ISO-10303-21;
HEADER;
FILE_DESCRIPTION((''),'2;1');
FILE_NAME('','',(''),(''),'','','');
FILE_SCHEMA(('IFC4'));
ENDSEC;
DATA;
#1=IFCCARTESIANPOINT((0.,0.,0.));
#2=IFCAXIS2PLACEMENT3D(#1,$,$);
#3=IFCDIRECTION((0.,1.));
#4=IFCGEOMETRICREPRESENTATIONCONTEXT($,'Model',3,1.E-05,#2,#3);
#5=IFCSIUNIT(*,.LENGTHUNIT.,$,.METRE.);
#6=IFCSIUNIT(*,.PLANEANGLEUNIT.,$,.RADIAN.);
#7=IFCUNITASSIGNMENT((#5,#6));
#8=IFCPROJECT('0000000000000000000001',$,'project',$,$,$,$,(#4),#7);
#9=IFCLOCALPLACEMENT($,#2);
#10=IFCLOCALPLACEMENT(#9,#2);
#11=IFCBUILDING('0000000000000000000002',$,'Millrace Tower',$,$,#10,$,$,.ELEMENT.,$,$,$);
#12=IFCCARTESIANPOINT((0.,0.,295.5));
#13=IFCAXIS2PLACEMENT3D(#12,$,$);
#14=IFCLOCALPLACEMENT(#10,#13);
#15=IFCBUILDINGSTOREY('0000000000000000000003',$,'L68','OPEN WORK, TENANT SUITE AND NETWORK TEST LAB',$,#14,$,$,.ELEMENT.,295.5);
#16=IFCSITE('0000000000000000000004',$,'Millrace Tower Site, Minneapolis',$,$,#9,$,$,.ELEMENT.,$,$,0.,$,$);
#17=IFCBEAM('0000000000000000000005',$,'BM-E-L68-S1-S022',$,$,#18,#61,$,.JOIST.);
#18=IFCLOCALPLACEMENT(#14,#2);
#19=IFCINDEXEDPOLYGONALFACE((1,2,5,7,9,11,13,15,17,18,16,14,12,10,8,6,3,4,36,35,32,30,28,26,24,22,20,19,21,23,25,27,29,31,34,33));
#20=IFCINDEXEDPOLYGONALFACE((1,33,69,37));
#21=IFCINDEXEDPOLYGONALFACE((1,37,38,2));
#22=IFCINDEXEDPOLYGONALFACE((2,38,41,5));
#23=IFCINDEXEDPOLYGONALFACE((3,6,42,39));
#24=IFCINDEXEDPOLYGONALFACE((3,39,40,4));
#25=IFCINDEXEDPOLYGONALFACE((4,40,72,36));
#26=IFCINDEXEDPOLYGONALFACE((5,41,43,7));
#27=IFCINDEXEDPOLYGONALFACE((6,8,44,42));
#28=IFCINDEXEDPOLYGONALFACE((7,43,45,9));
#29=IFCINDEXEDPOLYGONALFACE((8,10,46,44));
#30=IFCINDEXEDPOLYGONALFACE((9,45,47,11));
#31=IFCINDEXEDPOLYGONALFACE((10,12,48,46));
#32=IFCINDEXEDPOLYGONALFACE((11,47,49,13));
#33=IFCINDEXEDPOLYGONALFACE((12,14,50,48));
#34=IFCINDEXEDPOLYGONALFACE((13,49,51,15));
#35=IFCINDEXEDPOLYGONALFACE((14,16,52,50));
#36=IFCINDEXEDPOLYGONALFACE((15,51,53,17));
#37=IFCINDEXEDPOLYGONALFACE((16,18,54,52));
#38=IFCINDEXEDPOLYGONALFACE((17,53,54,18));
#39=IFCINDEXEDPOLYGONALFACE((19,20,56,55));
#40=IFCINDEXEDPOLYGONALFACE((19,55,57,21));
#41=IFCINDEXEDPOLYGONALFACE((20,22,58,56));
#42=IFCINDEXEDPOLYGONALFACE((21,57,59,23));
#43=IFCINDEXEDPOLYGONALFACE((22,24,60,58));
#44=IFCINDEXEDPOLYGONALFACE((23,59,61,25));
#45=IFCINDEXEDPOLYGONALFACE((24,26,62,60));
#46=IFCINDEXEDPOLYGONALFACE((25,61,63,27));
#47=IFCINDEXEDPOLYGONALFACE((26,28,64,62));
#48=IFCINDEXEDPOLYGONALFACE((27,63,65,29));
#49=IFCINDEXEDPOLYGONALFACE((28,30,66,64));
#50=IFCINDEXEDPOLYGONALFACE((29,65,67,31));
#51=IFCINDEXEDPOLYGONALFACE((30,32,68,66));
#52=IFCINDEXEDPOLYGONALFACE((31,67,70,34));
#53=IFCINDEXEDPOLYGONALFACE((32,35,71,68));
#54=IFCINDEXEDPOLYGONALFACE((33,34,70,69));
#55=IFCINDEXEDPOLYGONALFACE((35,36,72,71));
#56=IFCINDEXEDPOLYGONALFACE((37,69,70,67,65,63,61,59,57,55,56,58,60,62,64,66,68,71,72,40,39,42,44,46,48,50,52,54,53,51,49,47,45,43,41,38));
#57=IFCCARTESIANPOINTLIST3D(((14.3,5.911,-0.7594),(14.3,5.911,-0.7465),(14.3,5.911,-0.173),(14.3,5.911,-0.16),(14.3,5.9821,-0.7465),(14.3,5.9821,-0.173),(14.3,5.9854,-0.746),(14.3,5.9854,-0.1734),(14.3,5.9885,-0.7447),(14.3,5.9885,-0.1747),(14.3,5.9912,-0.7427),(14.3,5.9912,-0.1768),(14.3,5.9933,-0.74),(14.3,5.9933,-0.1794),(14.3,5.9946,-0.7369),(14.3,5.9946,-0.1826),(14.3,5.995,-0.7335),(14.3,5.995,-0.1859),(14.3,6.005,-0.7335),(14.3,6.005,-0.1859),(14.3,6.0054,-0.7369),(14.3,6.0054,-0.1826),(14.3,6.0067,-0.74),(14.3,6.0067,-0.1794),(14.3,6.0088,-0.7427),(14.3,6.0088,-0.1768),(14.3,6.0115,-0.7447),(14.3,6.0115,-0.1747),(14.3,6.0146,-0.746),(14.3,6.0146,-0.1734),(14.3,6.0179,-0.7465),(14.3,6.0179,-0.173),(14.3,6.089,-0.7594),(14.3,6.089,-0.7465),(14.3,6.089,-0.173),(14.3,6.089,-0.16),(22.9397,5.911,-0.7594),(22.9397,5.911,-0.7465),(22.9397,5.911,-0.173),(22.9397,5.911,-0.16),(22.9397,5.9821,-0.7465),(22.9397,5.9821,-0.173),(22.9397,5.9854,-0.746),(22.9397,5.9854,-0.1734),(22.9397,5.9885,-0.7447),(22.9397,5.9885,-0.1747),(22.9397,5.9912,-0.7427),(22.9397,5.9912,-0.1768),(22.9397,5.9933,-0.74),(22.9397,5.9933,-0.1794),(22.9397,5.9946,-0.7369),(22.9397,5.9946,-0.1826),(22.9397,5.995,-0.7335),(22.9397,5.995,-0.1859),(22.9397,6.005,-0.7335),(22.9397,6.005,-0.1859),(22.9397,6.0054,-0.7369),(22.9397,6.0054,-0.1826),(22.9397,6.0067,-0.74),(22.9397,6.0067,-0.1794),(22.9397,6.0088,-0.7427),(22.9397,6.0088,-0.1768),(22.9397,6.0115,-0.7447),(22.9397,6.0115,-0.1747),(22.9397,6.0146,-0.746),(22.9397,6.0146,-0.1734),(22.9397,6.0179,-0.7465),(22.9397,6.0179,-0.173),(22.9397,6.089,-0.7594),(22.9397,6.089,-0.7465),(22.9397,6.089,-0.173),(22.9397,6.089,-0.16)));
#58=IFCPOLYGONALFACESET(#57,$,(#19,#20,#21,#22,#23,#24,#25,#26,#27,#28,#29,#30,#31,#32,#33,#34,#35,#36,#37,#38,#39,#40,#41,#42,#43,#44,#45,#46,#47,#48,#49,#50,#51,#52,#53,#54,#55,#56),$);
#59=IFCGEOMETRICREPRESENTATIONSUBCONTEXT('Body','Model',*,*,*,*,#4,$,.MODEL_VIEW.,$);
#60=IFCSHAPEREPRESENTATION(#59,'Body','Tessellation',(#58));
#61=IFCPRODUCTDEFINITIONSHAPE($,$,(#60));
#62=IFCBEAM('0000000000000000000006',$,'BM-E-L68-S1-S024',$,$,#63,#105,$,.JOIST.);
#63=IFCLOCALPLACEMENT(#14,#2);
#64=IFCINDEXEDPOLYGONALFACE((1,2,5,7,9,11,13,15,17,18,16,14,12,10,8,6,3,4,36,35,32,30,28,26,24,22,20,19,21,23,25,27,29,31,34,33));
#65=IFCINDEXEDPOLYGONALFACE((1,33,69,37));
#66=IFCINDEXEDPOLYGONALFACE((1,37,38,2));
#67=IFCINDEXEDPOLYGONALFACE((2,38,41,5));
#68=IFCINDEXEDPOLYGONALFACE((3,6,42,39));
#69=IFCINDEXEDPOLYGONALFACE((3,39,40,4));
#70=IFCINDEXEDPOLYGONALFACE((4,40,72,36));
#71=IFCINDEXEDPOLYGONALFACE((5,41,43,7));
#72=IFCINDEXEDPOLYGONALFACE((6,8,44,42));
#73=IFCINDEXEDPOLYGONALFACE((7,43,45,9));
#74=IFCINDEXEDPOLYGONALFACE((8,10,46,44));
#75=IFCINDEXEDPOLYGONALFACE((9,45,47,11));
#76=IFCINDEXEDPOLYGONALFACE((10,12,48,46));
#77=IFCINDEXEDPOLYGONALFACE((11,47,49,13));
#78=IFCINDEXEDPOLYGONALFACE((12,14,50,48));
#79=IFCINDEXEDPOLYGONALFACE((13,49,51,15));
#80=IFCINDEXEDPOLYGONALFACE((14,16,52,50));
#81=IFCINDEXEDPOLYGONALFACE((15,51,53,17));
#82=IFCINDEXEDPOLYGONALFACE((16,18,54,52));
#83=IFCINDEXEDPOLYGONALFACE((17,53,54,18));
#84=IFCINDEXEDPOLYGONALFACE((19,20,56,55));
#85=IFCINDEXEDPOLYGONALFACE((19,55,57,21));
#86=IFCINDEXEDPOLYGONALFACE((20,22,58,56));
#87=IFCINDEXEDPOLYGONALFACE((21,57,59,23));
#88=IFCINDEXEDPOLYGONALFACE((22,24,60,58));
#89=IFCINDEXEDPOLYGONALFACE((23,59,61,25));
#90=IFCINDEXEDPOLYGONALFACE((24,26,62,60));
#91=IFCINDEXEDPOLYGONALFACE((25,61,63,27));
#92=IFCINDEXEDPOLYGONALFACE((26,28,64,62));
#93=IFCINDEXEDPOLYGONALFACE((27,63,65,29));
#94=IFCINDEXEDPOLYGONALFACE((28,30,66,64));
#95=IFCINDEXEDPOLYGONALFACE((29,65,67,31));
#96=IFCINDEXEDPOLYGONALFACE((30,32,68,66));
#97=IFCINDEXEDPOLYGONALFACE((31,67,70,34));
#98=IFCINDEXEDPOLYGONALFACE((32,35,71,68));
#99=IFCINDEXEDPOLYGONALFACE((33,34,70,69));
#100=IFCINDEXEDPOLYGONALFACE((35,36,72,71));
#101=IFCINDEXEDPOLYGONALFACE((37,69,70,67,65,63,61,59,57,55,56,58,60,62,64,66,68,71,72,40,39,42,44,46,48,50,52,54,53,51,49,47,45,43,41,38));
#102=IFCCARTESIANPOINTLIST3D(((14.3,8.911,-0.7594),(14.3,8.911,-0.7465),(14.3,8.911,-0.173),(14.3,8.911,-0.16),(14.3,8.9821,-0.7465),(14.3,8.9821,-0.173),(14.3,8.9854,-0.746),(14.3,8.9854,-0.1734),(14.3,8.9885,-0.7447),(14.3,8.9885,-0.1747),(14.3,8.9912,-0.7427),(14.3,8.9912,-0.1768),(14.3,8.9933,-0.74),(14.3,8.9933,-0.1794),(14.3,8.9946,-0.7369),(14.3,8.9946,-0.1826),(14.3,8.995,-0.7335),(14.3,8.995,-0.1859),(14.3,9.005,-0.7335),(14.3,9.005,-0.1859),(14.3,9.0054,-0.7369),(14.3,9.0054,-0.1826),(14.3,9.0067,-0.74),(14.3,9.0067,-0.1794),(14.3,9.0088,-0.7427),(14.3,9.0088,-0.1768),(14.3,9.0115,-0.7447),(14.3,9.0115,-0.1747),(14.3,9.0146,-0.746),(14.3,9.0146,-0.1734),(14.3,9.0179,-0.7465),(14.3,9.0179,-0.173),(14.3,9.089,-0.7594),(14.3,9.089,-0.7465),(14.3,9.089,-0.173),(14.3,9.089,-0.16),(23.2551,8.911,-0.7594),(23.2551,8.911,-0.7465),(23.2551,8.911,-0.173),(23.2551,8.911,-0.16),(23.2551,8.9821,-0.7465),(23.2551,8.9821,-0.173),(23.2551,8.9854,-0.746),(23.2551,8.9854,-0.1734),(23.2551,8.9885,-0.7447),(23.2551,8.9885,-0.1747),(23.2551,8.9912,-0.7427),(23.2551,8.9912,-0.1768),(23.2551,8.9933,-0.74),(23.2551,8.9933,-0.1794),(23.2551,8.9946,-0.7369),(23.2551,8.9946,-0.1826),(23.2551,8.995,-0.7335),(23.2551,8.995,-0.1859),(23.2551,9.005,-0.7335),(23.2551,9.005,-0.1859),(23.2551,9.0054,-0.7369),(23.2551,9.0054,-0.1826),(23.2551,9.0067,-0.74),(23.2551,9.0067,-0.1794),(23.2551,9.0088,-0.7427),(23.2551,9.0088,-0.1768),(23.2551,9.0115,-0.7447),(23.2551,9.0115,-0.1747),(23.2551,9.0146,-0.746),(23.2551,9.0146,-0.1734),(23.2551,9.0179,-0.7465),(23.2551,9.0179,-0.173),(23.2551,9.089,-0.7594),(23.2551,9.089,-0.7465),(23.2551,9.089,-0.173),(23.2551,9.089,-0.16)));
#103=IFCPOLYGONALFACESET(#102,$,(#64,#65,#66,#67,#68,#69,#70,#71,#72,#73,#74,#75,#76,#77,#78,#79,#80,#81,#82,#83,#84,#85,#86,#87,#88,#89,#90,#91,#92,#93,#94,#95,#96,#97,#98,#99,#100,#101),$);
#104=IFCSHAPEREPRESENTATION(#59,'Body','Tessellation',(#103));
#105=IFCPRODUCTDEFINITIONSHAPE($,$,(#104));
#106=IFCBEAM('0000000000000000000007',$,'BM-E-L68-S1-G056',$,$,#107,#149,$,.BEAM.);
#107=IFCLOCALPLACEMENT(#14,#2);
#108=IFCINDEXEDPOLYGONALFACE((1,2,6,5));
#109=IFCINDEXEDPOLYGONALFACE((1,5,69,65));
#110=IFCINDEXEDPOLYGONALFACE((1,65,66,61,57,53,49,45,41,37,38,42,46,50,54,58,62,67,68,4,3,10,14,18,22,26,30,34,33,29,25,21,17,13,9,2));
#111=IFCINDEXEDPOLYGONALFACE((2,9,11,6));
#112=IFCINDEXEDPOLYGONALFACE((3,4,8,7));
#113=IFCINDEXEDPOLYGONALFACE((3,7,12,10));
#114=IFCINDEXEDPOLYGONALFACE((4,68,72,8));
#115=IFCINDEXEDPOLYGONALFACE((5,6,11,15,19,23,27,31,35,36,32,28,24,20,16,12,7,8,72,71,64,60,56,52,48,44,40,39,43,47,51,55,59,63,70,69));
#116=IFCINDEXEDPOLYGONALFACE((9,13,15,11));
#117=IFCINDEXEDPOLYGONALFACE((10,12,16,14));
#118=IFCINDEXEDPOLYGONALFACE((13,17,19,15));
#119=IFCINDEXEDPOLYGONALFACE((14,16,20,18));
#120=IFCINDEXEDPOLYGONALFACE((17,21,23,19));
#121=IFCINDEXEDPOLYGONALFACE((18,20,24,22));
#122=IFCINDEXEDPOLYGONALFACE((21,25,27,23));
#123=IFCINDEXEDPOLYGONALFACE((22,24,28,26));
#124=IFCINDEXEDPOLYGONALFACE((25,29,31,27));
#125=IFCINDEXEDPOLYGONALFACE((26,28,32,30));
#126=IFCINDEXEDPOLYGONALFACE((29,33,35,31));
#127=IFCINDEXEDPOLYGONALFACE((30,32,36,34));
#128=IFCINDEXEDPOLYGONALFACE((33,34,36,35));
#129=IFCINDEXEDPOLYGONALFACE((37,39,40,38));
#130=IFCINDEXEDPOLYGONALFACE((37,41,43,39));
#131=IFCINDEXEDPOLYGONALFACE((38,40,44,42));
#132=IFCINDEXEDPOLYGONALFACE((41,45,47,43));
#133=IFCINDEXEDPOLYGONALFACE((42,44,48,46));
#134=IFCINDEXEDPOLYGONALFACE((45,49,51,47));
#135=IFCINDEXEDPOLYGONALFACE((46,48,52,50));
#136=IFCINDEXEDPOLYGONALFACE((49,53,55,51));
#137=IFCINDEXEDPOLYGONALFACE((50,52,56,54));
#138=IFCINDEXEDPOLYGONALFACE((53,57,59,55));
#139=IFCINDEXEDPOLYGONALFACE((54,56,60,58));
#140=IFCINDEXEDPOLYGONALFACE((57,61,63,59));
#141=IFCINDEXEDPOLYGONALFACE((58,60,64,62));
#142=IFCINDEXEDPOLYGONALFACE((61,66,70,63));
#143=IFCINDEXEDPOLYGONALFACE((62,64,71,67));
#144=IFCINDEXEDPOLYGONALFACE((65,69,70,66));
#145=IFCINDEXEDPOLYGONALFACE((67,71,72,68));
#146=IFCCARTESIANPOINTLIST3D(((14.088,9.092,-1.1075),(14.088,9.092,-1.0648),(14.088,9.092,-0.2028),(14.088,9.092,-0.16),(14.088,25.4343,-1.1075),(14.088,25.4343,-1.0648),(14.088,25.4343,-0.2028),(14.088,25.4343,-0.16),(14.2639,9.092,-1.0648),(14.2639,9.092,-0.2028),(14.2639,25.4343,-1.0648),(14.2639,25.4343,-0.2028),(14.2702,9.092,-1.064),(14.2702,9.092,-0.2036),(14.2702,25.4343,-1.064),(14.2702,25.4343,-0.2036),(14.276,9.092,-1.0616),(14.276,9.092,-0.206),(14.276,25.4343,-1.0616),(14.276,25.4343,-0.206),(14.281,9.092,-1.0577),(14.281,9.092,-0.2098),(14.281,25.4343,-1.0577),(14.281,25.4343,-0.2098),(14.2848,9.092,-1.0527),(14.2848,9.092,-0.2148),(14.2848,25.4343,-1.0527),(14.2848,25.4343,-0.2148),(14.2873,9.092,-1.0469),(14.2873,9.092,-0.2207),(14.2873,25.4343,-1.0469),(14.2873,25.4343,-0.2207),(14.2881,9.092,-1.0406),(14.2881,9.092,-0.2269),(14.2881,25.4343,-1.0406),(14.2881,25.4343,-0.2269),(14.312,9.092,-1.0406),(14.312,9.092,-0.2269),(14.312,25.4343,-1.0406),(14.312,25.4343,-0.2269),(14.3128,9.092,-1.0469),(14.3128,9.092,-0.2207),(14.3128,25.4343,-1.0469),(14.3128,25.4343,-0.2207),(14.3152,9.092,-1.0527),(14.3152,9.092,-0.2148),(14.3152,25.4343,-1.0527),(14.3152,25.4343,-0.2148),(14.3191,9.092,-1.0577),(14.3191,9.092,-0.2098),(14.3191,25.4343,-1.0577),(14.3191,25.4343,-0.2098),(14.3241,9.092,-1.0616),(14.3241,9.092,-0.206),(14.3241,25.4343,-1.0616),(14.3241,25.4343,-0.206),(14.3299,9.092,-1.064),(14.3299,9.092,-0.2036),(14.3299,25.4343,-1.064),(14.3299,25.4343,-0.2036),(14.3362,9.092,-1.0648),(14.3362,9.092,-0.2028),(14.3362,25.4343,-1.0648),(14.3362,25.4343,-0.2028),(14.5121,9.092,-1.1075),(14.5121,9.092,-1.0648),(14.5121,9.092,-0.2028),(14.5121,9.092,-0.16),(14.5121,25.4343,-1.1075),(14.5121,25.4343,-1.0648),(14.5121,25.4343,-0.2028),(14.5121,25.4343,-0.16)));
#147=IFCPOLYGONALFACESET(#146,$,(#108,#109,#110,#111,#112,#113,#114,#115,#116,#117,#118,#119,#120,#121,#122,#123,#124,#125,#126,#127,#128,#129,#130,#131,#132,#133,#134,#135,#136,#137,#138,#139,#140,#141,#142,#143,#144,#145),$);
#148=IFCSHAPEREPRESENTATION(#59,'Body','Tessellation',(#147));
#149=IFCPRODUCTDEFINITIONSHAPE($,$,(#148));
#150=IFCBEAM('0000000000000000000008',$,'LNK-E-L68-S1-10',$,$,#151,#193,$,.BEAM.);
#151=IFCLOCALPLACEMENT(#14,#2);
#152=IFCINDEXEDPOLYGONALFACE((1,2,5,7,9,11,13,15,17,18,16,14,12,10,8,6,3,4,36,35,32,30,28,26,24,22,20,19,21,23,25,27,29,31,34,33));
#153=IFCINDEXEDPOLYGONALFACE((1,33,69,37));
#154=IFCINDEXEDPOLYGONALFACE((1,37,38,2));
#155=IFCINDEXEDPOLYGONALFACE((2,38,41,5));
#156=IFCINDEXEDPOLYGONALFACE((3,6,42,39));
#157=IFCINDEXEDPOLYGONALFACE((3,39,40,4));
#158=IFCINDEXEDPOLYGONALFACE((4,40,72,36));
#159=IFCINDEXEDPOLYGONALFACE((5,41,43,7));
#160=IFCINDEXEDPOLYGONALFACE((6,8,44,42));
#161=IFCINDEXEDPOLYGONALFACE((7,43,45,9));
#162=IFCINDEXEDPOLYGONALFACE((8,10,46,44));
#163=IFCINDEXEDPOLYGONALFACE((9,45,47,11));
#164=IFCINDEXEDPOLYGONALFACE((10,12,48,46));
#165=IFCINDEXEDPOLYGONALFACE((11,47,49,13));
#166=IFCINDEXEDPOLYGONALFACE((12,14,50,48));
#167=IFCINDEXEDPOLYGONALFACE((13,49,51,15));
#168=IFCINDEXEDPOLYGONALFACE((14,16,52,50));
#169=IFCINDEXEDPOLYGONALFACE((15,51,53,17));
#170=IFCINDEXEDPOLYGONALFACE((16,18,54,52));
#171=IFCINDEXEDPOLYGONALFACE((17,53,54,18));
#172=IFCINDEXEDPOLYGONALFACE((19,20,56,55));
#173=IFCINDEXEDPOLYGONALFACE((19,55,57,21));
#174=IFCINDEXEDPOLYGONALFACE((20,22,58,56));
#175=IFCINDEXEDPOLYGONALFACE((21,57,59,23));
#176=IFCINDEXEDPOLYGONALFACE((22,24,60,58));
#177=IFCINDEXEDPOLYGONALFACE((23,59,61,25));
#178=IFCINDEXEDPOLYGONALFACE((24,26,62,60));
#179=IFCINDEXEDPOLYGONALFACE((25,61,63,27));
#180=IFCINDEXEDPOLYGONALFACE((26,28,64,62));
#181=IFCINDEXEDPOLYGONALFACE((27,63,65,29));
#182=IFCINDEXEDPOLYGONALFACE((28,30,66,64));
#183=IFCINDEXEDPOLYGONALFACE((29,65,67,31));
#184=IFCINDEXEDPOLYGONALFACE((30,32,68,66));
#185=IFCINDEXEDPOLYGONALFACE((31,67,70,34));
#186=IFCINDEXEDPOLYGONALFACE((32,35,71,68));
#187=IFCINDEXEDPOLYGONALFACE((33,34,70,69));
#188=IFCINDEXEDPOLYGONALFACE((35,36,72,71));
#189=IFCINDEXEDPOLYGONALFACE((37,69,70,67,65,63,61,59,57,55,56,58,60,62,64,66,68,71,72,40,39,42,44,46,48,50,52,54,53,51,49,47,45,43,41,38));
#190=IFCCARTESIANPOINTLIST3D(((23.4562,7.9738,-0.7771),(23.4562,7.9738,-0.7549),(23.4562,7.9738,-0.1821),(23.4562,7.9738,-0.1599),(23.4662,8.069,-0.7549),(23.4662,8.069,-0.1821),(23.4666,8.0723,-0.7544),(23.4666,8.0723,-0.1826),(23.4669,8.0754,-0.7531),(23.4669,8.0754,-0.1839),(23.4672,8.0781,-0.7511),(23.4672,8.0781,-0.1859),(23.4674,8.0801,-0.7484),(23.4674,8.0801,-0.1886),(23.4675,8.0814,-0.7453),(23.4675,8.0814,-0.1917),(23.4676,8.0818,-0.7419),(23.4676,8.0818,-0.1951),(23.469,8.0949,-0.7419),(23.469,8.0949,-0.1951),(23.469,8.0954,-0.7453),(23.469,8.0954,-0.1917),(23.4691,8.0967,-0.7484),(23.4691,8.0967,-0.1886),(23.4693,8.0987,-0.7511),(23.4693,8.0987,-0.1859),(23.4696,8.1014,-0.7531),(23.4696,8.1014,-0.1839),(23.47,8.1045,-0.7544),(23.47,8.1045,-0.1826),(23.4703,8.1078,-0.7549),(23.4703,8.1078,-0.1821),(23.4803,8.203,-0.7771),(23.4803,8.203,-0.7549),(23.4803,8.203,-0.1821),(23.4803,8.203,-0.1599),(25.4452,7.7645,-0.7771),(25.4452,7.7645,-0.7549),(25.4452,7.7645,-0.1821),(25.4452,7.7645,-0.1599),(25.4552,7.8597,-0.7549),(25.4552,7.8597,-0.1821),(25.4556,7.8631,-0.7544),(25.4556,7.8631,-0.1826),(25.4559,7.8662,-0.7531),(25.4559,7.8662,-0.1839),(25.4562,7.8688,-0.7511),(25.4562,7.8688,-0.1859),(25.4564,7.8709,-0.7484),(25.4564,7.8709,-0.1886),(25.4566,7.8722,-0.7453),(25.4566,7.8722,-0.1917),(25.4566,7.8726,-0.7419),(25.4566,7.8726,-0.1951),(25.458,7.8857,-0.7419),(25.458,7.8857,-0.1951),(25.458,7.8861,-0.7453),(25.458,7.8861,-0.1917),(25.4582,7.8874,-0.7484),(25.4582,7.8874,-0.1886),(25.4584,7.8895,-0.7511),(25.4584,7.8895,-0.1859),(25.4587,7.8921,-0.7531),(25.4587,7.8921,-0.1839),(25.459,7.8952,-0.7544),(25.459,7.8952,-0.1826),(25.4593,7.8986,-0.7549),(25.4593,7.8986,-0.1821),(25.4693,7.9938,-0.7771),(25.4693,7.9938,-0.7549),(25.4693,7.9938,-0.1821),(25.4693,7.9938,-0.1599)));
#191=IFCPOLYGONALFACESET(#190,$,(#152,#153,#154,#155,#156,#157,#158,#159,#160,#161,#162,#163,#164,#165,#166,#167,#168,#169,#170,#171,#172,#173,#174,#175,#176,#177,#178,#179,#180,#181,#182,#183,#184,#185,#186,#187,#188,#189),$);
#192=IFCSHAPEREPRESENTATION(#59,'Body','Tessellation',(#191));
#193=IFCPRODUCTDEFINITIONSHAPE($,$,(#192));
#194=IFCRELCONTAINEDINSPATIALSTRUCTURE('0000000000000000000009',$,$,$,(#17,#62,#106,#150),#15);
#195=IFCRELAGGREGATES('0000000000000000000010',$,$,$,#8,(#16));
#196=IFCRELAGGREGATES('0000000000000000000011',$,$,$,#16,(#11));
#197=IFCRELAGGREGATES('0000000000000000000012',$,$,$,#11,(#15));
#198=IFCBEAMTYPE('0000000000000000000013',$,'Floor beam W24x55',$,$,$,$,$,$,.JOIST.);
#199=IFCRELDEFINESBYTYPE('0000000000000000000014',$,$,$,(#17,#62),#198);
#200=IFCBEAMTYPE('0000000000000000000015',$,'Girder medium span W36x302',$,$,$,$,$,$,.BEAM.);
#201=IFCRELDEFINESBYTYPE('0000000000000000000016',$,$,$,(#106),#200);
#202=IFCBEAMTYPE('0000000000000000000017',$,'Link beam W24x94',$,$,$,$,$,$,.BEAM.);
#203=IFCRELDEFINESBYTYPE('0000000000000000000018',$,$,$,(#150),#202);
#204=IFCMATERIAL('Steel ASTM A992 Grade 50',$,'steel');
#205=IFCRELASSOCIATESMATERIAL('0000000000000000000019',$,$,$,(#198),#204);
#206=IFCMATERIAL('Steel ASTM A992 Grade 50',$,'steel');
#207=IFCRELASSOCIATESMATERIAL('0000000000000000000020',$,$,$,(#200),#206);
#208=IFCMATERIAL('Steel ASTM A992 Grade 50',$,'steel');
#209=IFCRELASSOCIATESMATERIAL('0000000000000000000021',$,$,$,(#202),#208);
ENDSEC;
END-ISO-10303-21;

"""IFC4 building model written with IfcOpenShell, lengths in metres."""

from ifc_helpers import new_model, si_unit, direction, frame, origin, origin_2d, place, context, subcontext, project, spatial, i_section, extrude, material, material_profile, profile_set, type_object, element, save


model = new_model("IFC4")

# Units and contexts
model_context = context("Model", 3, precision=1e-05, world=origin(), true_north=direction((0.0, 1.0)))
body_context = subcontext(model_context, "Body", "Model", "MODEL_VIEW")
ifc_project = project(units=[si_unit("LENGTHUNIT", "METRE"), si_unit("PLANEANGLEUNIT", "RADIAN")], contexts=[model_context])

# Site, building, storey
site_placement = place(None, origin())
site = spatial("IfcSite", under=ifc_project, at=site_placement, Name="Millrace Tower Site, Minneapolis", CompositionType="ELEMENT", RefElevation=0.0)
building_placement = place(site_placement, origin())
building = spatial("IfcBuilding", under=site, at=building_placement, Name="Millrace Tower", CompositionType="ELEMENT")
storey_placement = place(building_placement, frame((0.0, 0.0, 295.5)))
storey = spatial("IfcBuildingStorey", under=building, at=storey_placement, Name="L68", Description="OPEN WORK, TENANT SUITE AND NETWORK TEST LAB", CompositionType="ELEMENT", Elevation=295.5)

# Beams
ifc_material_1 = material(Name="Steel ASTM A992 Grade 50", Category="steel")
ifc_material_profile_1 = material_profile(ifc_material_1, i_section(OverallWidth=0.178, OverallDepth=0.5994, WebThickness=0.01, FlangeThickness=0.0129, FilletRadius=0.0129, at=origin_2d()))
ifc_profile_set_1 = profile_set([ifc_material_profile_1], Name="Steel ASTM A992 Grade 50")
beam_type_1 = type_object("IfcBeamType", Name="Floor beam W24x55", PredefinedType="JOIST", material=ifc_profile_set_1)
beam_1_placement = place(storey_placement, frame((14.3, 6.0, -0.4597), z_axis=(1.0, 0.0, 0.0), x_axis=(0.0, 1.0, 0.0)))
element("IfcBeam", 1, at=beam_1_placement, inside=storey, type_object=beam_type_1, Name="BM-E-L68-S1-S022", PredefinedType="JOIST", context=body_context, shape_type="SweptSolid", body=[
    extrude(i_section(OverallWidth=0.178, OverallDepth=0.5994, WebThickness=0.01, FlangeThickness=0.0129, FilletRadius=0.0129, at=origin_2d()), origin(), (0.0, 0.0, 1.0), 8.6396),
])
beam_2_placement = place(storey_placement, frame((14.3, 9.0, -0.4597), z_axis=(1.0, 0.0, 0.0), x_axis=(0.0, 1.0, 0.0)))
element("IfcBeam", 2, at=beam_2_placement, inside=storey, type_object=beam_type_1, Name="BM-E-L68-S1-S024", PredefinedType="JOIST", context=body_context, shape_type="SweptSolid", body=[
    extrude(i_section(OverallWidth=0.178, OverallDepth=0.5994, WebThickness=0.01, FlangeThickness=0.0129, FilletRadius=0.0129, at=origin_2d()), origin(), (0.0, 0.0, 1.0), 8.9551),
])
ifc_material_2 = material(Name="Steel ASTM A992 Grade 50", Category="steel")
ifc_material_profile_2 = material_profile(ifc_material_2, i_section(OverallWidth=0.4241, OverallDepth=0.9475, WebThickness=0.0239, FlangeThickness=0.0427, FilletRadius=0.0242, at=origin_2d()))
ifc_profile_set_2 = profile_set([ifc_material_profile_2], Name="Steel ASTM A992 Grade 50")
beam_type_2 = type_object("IfcBeamType", Name="Girder medium span W36x302", PredefinedType="BEAM", material=ifc_profile_set_2)
beam_3_placement = place(storey_placement, frame((14.3, 9.092, -0.6338), z_axis=(0.0, 1.0, 0.0), x_axis=(-1.0, 0.0, 0.0)))
element("IfcBeam", 3, at=beam_3_placement, inside=storey, type_object=beam_type_2, Name="BM-E-L68-S1-G056", PredefinedType="BEAM", context=body_context, shape_type="SweptSolid", body=[
    extrude(i_section(OverallWidth=0.4241, OverallDepth=0.9475, WebThickness=0.0239, FlangeThickness=0.0427, FilletRadius=0.0242, at=origin_2d()), origin(), (0.0, 0.0, 1.0), 16.3423),
])
ifc_material_3 = material(Name="Steel ASTM A992 Grade 50", Category="steel")
ifc_material_profile_3 = material_profile(ifc_material_3, i_section(OverallWidth=0.2305, OverallDepth=0.6172, WebThickness=0.0132, FlangeThickness=0.0222, FilletRadius=0.0129, at=origin_2d()))
ifc_profile_set_3 = profile_set([ifc_material_profile_3], Name="Steel ASTM A992 Grade 50")
beam_type_3 = type_object("IfcBeamType", Name="Link beam W24x94", PredefinedType="BEAM", material=ifc_profile_set_3)
beam_4_placement = place(storey_placement, frame((23.4683, 8.0884, -0.4685), z_axis=(0.994513, -0.104615, 0.0), x_axis=(0.104615, 0.994513, 0.0)))
element("IfcBeam", 4, at=beam_4_placement, inside=storey, type_object=beam_type_3, Name="LNK-E-L68-S1-10", PredefinedType="BEAM", context=body_context, shape_type="SweptSolid", body=[
    extrude(i_section(OverallWidth=0.2305, OverallDepth=0.6172, WebThickness=0.0132, FlangeThickness=0.0222, FilletRadius=0.0129, at=origin_2d()), origin(), (0.0, 0.0, 1.0), 2.0),
])

save(model, "model.ifc")
